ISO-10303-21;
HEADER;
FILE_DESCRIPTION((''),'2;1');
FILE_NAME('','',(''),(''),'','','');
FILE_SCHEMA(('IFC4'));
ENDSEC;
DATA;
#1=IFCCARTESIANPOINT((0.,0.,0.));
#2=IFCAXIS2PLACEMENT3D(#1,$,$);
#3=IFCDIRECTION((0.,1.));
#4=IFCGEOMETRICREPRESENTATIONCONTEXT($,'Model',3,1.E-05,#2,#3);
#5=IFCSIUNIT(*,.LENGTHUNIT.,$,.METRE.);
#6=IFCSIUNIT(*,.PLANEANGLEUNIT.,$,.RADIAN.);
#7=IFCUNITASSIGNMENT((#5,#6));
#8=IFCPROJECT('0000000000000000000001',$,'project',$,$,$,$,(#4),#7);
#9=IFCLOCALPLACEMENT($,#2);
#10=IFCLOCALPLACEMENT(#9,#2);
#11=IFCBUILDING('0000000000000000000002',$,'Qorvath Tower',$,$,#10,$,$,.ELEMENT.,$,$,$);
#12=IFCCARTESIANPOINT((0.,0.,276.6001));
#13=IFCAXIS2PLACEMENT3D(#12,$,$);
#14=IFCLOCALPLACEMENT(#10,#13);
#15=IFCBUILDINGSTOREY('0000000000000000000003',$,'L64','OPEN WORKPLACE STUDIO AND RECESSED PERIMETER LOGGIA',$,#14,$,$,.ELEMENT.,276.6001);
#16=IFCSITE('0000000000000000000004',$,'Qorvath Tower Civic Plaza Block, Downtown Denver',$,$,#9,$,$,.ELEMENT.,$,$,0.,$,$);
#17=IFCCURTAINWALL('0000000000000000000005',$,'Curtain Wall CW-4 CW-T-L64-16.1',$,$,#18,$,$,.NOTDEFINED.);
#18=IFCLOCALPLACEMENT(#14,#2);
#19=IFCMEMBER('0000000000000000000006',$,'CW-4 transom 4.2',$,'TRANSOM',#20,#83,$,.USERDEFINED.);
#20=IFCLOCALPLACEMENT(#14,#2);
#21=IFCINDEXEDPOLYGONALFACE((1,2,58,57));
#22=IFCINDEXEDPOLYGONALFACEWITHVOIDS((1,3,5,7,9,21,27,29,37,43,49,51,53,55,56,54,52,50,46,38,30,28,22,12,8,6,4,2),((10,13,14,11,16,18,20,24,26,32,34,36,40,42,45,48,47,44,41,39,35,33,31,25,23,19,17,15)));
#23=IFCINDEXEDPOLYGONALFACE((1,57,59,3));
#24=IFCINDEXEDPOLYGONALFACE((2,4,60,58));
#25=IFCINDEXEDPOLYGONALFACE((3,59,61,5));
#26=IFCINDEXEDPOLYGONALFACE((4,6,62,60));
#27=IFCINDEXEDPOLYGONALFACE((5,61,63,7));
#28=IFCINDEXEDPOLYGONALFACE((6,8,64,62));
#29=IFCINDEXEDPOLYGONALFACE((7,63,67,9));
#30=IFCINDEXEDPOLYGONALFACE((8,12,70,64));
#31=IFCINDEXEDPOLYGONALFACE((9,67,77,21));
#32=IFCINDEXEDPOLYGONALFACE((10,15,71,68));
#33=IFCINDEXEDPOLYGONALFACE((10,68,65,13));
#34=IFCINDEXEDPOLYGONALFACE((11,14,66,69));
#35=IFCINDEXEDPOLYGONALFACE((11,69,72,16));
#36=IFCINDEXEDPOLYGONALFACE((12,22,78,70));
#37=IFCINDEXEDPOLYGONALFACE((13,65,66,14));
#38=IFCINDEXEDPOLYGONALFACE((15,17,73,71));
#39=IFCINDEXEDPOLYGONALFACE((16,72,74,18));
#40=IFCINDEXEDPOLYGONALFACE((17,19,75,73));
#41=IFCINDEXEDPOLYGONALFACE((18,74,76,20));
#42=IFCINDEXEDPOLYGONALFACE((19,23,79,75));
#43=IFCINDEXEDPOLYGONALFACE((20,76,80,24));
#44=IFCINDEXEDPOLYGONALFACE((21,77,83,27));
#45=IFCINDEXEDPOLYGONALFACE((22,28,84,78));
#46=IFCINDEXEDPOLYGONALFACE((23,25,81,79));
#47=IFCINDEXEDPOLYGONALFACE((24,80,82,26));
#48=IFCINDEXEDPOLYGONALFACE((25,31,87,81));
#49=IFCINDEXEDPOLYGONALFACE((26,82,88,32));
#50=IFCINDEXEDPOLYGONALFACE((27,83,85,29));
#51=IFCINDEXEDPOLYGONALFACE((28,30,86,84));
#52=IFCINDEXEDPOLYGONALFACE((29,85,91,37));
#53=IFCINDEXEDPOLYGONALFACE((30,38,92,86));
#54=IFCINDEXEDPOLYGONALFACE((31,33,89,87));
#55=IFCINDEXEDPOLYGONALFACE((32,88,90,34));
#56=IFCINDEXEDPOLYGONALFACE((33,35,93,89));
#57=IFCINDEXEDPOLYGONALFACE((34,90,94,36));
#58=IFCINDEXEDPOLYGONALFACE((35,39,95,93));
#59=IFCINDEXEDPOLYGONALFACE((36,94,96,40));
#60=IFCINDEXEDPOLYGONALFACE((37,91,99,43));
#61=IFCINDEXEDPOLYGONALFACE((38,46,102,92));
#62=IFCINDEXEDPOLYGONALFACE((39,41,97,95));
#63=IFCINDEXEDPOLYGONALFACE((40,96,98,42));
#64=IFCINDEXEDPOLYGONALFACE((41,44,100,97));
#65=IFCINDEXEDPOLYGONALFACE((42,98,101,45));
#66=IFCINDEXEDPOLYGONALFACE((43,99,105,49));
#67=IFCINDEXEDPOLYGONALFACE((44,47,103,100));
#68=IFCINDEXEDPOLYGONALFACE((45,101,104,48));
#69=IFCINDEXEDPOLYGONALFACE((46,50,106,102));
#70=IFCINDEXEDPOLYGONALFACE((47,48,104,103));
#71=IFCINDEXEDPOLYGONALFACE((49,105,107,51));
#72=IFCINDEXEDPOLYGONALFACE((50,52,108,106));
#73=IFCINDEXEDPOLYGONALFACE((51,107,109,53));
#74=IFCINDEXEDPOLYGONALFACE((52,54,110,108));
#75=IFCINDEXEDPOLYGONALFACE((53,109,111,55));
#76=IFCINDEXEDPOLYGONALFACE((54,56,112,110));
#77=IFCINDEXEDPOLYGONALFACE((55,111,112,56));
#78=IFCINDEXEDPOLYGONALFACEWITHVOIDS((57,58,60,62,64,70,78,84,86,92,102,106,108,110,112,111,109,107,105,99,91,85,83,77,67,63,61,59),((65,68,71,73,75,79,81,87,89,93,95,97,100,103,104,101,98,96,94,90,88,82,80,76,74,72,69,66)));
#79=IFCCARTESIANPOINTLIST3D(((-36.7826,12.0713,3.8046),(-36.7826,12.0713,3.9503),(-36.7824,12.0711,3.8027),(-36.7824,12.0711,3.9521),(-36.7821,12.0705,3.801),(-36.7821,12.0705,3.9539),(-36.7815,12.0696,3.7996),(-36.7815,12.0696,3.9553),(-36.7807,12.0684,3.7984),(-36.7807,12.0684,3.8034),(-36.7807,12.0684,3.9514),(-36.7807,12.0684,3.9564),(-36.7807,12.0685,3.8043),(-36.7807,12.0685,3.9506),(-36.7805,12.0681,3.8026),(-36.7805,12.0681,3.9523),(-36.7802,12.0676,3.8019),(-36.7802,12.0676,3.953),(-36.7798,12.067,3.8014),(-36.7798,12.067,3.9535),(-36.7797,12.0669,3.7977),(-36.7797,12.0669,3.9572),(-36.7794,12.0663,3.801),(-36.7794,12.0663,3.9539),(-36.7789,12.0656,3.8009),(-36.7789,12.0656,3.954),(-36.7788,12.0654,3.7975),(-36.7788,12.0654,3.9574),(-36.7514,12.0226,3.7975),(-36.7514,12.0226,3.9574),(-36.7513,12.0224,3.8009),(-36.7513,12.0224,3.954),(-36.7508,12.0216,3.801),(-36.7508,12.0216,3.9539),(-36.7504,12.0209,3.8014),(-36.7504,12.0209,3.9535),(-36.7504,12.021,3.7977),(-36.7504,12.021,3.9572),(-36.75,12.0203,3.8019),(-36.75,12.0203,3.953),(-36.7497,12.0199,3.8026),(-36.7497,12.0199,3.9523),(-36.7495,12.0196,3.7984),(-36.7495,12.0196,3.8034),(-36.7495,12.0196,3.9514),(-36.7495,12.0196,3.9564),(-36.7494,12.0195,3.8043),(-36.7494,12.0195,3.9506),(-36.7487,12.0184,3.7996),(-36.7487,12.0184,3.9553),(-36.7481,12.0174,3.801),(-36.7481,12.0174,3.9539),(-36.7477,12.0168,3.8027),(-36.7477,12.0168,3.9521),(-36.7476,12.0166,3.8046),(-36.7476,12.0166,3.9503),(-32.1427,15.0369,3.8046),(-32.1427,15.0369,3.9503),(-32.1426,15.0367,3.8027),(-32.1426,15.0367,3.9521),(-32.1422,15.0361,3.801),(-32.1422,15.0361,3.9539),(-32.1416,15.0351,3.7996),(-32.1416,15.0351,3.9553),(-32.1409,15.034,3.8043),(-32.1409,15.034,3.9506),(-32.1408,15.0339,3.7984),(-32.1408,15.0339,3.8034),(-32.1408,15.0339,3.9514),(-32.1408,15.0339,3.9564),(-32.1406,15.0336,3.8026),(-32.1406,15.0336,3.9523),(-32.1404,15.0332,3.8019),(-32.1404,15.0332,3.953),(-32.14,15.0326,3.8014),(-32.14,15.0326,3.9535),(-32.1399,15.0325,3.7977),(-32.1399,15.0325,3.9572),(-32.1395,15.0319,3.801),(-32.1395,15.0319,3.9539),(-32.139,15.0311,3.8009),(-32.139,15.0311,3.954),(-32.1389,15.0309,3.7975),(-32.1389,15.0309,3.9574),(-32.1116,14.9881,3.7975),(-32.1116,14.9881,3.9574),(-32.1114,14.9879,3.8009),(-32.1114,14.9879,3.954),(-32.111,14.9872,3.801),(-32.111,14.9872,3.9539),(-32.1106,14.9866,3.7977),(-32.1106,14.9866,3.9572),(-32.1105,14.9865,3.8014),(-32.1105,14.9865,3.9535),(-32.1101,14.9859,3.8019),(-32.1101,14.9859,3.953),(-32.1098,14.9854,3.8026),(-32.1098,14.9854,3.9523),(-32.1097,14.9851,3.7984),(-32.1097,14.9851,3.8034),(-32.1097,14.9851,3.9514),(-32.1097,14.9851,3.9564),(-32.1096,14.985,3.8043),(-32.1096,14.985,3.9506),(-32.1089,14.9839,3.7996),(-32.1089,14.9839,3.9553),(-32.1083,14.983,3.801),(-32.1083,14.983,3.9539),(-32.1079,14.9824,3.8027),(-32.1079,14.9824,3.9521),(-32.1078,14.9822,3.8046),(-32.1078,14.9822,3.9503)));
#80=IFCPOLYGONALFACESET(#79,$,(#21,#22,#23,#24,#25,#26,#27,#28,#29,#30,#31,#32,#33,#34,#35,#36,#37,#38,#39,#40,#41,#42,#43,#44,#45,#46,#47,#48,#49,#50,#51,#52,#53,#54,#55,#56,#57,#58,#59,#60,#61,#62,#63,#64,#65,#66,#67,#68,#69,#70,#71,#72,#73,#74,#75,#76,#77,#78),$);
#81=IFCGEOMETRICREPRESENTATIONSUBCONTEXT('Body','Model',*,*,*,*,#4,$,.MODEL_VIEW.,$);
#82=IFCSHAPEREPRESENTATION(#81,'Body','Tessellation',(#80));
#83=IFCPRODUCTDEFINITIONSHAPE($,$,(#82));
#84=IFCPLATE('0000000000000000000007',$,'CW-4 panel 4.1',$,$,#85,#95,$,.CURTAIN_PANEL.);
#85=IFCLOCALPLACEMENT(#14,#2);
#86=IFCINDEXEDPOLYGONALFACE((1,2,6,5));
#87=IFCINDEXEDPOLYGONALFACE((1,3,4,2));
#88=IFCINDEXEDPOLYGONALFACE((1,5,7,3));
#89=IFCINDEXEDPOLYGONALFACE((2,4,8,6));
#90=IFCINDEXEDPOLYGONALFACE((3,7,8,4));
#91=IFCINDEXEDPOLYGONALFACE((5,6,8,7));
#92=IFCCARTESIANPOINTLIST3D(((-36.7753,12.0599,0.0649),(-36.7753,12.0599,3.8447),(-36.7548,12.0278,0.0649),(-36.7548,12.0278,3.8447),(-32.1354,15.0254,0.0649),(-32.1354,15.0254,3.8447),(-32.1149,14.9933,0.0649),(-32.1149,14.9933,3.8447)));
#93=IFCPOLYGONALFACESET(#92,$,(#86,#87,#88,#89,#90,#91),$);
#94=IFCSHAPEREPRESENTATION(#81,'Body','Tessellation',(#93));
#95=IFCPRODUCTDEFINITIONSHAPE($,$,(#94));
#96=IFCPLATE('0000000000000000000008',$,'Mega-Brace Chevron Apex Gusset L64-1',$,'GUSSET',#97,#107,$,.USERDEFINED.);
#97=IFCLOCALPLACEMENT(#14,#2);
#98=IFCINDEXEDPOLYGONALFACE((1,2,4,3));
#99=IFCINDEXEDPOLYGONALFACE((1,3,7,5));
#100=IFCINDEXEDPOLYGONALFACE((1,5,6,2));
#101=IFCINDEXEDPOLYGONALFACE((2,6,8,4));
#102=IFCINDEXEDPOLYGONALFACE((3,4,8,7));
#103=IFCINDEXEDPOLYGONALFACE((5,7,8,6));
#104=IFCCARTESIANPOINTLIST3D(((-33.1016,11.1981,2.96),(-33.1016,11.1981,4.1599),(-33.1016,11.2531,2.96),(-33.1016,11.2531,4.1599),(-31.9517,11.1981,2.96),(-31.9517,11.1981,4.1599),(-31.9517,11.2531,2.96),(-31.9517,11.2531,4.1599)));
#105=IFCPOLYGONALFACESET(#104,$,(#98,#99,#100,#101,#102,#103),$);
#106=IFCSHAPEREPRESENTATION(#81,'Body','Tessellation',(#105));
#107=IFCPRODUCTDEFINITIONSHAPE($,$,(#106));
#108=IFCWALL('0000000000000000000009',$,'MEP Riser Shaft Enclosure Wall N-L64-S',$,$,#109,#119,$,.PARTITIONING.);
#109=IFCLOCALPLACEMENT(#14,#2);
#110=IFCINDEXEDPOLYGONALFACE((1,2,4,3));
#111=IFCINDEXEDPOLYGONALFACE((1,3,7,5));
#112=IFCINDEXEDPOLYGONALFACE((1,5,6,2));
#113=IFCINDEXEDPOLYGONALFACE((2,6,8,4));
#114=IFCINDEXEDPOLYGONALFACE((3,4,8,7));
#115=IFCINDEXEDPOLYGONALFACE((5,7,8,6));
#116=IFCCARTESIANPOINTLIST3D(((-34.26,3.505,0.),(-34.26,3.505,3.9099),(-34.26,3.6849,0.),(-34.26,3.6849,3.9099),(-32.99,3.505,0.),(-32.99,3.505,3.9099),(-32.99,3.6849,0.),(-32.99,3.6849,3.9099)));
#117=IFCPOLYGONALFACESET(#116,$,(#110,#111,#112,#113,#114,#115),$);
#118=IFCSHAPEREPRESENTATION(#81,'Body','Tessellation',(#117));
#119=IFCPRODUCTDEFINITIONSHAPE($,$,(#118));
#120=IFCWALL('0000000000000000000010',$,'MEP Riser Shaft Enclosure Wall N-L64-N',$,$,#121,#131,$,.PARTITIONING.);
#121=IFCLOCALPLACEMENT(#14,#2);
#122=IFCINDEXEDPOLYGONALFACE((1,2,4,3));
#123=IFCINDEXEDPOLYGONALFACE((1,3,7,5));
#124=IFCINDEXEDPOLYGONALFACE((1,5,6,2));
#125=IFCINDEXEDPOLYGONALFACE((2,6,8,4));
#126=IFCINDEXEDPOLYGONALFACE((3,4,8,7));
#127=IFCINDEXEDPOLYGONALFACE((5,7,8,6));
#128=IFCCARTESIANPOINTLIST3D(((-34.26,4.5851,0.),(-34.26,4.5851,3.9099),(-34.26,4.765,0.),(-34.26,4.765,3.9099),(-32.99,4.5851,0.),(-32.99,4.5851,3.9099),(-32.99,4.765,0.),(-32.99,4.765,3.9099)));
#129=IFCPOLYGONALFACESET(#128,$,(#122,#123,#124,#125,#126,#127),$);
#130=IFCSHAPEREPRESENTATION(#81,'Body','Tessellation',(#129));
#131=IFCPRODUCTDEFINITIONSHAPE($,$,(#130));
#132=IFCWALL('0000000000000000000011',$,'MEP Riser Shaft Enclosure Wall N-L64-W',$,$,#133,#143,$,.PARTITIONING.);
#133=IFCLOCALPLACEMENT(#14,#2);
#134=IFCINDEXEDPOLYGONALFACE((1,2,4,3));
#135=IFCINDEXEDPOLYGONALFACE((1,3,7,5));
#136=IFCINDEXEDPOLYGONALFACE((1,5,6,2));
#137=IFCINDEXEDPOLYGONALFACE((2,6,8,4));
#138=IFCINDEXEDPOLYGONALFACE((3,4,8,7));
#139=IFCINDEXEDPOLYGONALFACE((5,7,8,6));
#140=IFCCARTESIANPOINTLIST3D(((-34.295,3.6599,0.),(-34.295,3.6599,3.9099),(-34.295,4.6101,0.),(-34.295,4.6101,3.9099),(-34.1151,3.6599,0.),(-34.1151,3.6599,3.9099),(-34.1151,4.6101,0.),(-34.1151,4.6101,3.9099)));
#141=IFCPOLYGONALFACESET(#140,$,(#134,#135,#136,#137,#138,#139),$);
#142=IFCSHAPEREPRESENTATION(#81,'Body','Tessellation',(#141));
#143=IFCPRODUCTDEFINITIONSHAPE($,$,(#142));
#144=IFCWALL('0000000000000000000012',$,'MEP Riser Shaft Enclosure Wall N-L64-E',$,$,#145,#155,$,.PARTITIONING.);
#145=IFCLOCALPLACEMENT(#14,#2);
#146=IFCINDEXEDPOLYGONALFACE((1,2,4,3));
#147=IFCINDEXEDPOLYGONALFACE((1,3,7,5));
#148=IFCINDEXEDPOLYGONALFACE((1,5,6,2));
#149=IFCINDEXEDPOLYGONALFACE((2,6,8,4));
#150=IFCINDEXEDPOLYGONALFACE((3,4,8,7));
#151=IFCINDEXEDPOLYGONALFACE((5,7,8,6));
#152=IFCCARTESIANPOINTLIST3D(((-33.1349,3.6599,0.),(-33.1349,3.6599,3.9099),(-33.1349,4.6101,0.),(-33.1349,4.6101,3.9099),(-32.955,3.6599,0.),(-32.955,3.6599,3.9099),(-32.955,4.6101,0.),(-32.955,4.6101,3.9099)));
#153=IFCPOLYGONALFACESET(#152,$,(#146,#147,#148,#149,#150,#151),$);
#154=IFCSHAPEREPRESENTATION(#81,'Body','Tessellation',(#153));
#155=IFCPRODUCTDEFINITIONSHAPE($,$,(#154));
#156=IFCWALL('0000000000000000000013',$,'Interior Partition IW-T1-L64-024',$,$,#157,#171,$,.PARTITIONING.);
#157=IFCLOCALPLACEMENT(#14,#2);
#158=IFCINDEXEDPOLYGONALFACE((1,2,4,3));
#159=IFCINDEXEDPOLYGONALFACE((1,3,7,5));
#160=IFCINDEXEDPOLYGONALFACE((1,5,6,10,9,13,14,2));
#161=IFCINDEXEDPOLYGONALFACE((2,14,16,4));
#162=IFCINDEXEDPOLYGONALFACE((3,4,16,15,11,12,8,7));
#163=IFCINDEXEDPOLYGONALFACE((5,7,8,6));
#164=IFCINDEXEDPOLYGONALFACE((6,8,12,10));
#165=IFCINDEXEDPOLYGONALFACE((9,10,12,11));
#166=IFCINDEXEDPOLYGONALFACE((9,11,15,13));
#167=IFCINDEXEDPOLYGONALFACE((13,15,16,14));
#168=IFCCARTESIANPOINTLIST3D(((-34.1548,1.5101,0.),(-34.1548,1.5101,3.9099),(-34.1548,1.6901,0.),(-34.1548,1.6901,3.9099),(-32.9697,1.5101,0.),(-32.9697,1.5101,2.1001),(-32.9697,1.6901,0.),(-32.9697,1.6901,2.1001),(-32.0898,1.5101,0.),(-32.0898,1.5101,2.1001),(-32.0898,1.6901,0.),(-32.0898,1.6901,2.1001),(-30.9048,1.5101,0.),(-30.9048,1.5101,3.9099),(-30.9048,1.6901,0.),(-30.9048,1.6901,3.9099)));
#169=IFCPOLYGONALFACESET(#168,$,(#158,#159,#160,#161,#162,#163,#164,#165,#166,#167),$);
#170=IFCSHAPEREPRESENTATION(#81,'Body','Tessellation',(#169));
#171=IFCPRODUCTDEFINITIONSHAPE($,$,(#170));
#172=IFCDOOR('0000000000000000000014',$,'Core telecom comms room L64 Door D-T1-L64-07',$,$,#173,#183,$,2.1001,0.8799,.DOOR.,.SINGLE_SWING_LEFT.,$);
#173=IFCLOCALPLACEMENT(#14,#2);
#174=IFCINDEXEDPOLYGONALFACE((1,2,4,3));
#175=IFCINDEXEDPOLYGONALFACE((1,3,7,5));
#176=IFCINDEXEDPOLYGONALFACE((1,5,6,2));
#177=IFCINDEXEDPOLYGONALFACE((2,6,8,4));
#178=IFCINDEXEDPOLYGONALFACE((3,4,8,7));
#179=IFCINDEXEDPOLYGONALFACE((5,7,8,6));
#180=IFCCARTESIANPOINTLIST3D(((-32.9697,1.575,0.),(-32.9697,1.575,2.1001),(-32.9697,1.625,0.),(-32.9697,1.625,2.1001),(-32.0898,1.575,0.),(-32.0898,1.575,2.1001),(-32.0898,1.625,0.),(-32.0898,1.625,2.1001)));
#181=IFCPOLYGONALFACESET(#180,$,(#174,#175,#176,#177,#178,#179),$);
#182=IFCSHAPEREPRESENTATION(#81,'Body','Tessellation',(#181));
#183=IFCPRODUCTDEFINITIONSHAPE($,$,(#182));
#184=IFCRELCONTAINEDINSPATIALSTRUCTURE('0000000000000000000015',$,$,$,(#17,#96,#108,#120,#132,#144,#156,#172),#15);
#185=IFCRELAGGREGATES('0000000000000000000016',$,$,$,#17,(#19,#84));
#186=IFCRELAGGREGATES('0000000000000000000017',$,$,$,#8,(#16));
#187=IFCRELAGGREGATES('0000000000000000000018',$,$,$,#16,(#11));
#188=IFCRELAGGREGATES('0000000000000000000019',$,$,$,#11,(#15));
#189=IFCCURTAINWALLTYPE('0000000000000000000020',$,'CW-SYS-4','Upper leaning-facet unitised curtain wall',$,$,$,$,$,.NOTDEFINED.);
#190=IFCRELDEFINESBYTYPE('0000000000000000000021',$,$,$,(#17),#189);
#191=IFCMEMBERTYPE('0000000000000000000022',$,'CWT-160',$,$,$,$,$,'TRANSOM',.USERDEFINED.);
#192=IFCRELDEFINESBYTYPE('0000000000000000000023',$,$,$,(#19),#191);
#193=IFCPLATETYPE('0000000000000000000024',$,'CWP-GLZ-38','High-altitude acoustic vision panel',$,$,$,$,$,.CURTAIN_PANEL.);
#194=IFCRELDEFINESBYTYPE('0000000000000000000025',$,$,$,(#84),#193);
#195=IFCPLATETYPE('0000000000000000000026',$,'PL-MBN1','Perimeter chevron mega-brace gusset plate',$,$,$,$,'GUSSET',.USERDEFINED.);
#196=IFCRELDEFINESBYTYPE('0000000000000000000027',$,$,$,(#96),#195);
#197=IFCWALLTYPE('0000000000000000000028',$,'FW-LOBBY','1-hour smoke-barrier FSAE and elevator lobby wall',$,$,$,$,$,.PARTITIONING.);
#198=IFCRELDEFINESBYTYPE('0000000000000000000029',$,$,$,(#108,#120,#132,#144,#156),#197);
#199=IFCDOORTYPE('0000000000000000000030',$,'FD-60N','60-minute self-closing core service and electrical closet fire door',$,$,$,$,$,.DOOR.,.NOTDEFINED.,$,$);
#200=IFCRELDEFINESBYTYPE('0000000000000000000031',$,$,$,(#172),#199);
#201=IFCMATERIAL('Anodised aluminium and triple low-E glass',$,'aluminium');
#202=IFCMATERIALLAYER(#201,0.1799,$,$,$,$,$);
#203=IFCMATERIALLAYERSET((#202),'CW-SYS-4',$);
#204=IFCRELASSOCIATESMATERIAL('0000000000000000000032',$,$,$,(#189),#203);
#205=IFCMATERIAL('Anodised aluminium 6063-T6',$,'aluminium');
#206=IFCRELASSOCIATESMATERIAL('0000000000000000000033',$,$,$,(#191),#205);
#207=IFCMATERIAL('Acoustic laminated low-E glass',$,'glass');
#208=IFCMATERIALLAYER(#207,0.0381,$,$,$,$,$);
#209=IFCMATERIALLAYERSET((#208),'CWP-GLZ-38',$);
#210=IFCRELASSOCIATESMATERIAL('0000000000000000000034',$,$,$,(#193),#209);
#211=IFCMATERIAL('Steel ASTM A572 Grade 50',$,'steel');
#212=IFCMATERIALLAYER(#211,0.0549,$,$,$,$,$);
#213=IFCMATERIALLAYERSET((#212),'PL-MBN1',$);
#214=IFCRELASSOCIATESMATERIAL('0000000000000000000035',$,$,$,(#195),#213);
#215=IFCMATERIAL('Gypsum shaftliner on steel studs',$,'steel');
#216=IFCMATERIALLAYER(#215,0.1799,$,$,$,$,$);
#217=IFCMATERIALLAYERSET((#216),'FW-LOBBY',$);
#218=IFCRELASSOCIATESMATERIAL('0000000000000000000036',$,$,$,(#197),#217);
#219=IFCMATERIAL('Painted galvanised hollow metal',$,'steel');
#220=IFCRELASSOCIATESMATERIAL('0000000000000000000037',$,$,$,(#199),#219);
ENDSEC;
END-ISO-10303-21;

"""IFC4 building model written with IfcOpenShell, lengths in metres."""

from ifc_helpers import new_model, si_unit, direction, frame, frame_2d, origin, origin_2d, place, context, subcontext, project, spatial, rectangle, hollow_rectangle, extrude, material, layer, layer_set, material_profile, profile_set, type_object, element, fill, aggregate, save


model = new_model("IFC4")

# Units and contexts
model_context = context("Model", 3, precision=1e-05, world=origin(), true_north=direction((0.0, 1.0)))
body_context = subcontext(model_context, "Body", "Model", "MODEL_VIEW")
ifc_project = project(units=[si_unit("LENGTHUNIT", "METRE"), si_unit("PLANEANGLEUNIT", "RADIAN")], contexts=[model_context])

# Site, building, storey
site_placement = place(None, origin())
site = spatial("IfcSite", under=ifc_project, at=site_placement, Name="Qorvath Tower Civic Plaza Block, Downtown Denver", CompositionType="ELEMENT", RefElevation=0.0)
building_placement = place(site_placement, origin())
building = spatial("IfcBuilding", under=site, at=building_placement, Name="Qorvath Tower", CompositionType="ELEMENT")
storey_placement = place(building_placement, frame((0.0, 0.0, 276.6001)))
storey = spatial("IfcBuildingStorey", under=building, at=storey_placement, Name="L64", Description="OPEN WORKPLACE STUDIO AND RECESSED PERIMETER LOGGIA", CompositionType="ELEMENT", Elevation=276.6001)

# Curtain wall, member, plate
ifc_material_1 = material(Name="Anodised aluminium and triple low-E glass", Category="aluminium")
ifc_layer_1 = layer(ifc_material_1, 0.1799)
ifc_layer_set_1 = layer_set([ifc_layer_1], Name="CW-SYS-4")
curtain_wall_type = type_object("IfcCurtainWallType", Name="CW-SYS-4", Description="Upper leaning-facet unitised curtain wall", PredefinedType="NOTDEFINED", material=ifc_layer_set_1)
curtain_wall_placement = place(storey_placement, origin())
curtain_wall = element("IfcCurtainWall", 1, at=curtain_wall_placement, inside=storey, type_object=curtain_wall_type, Name="Curtain Wall CW-4 CW-T-L64-16.1", PredefinedType="NOTDEFINED")
ifc_material_2 = material(Name="Anodised aluminium 6063-T6", Category="aluminium")
ifc_material_profile_1 = material_profile(ifc_material_2, hollow_rectangle(XDim=0.0649, YDim=0.1599, WallThickness=0.0034, InnerFilletRadius=0.0034, OuterFilletRadius=0.0071, at=origin_2d()), Name="CWT 160x65")
ifc_profile_set_1 = profile_set([ifc_material_profile_1], Name="Anodised aluminium 6063-T6")
member_type_1 = type_object("IfcMemberType", Name="CWT-160", ElementType="TRANSOM", PredefinedType="USERDEFINED", material=ifc_profile_set_1)
member_1_placement = place(storey_placement, frame((-32.1252, 15.0095, 3.8774), z_axis=(-0.842597, -0.538544, 0.0), x_axis=(0.538544, -0.842597, 0.0)))
member_1 = element("IfcMember", 2, at=member_1_placement, type_object=member_type_1, Name="CW-4 transom 4.2", ObjectType="TRANSOM", PredefinedType="USERDEFINED", context=body_context, shape_type="SweptSolid", body=[
    extrude(hollow_rectangle(XDim=0.0649, YDim=0.1599, WallThickness=0.0034, InnerFilletRadius=0.0034, OuterFilletRadius=0.0071, at=origin_2d()), origin(), (0.0, 0.0, 1.0), 5.5066),
])
ifc_material_3 = material(Name="Acoustic laminated low-E glass", Category="glass")
ifc_layer_2 = layer(ifc_material_3, 0.0381)
ifc_layer_set_2 = layer_set([ifc_layer_2], Name="CWP-GLZ-38")
plate_type_1 = type_object("IfcPlateType", Name="CWP-GLZ-38", Description="High-altitude acoustic vision panel", PredefinedType="CURTAIN_PANEL", material=ifc_layer_set_2)
plate_1_placement = place(storey_placement, frame((-34.4451, 13.5266, 0.0649), z_axis=(0.0, 0.0, 1.0), x_axis=(-0.842604, -0.538534, 0.0)))
plate_1 = element("IfcPlate", 3, at=plate_1_placement, type_object=plate_type_1, Name="CW-4 panel 4.1", PredefinedType="CURTAIN_PANEL", context=body_context, shape_type="SweptSolid", body=[
    extrude(rectangle(XDim=5.5066, YDim=0.0381, at=origin_2d()), origin(), (0.0, 0.0, 1.0), 3.7798),
])
aggregate(curtain_wall, [member_1, plate_1])

# Plate
ifc_material_4 = material(Name="Steel ASTM A572 Grade 50", Category="steel")
ifc_layer_3 = layer(ifc_material_4, 0.0549)
ifc_layer_set_3 = layer_set([ifc_layer_3], Name="PL-MBN1")
plate_type_2 = type_object("IfcPlateType", Name="PL-MBN1", Description="Perimeter chevron mega-brace gusset plate", ElementType="GUSSET", PredefinedType="USERDEFINED", material=ifc_layer_set_3)
plate_2_placement = place(storey_placement, frame((-32.5266, 11.2256, 2.96), z_axis=(0.0, 0.0, 1.0), x_axis=(1.0, 0.0, 0.0)))
element("IfcPlate", 4, at=plate_2_placement, inside=storey, type_object=plate_type_2, Name="Mega-Brace Chevron Apex Gusset L64-1", ObjectType="GUSSET", PredefinedType="USERDEFINED", context=body_context, shape_type="SweptSolid", body=[
    extrude(rectangle(XDim=1.1499, YDim=0.0549, at=origin_2d()), origin(), (0.0, 0.0, 1.0), 1.2),
])

# Walls
ifc_material_5 = material(Name="Gypsum shaftliner on steel studs", Category="steel")
ifc_layer_4 = layer(ifc_material_5, 0.1799)
ifc_layer_set_4 = layer_set([ifc_layer_4], Name="FW-LOBBY")
wall_type_1 = type_object("IfcWallType", Name="FW-LOBBY", Description="1-hour smoke-barrier FSAE and elevator lobby wall", PredefinedType="PARTITIONING", material=ifc_layer_set_4)
for number, where, z_axis, x_axis, name in (
    (5, (-32.99, 3.595, 0.0), (0.0, 0.0, 1.0), (-1.0, 0.0, 0.0), "MEP Riser Shaft Enclosure Wall N-L64-S"),
    (6, (-34.26, 4.675, 0.0), (0.0, 0.0, 1.0), (1.0, 0.0, 0.0), "MEP Riser Shaft Enclosure Wall N-L64-N"),
):
    element("IfcWall", number, at=place(storey_placement, frame(where, z_axis=z_axis, x_axis=x_axis)), inside=storey, type_object=wall_type_1, Name=name, PredefinedType="PARTITIONING", context=body_context, shape_type="SweptSolid", body=[
        extrude(rectangle(XDim=1.27, YDim=0.1799, at=frame_2d((0.635, 0.0))), origin(), (0.0, 0.0, 1.0), 3.9099),
    ])
for number, where, z_axis, x_axis, name in (
    (7, (-34.2051, 3.6599, 0.0), (0.0, 0.0, 1.0), (0.0, 1.0, 0.0), "MEP Riser Shaft Enclosure Wall N-L64-W"),
    (8, (-33.0449, 4.6101, 0.0), (0.0, 0.0, 1.0), (0.0, -1.0, 0.0), "MEP Riser Shaft Enclosure Wall N-L64-E"),
):
    element("IfcWall", number, at=place(storey_placement, frame(where, z_axis=z_axis, x_axis=x_axis)), inside=storey, type_object=wall_type_1, Name=name, PredefinedType="PARTITIONING", context=body_context, shape_type="SweptSolid", body=[
        extrude(rectangle(XDim=0.9502, YDim=0.1799, at=frame_2d((0.4751, 0.0))), origin(), (0.0, 0.0, 1.0), 3.9099),
    ])

# Wall, opening, door
wall_1_placement = place(storey_placement, frame((-34.1548, 1.6001, 0.0), z_axis=(0.0, 0.0, 1.0), x_axis=(1.0, 0.0, 0.0)))
wall_1 = element("IfcWall", 9, at=wall_1_placement, inside=storey, type_object=wall_type_1, Name="Interior Partition IW-T1-L64-024", PredefinedType="PARTITIONING", context=body_context, shape_type="SweptSolid", body=[
    extrude(rectangle(XDim=3.25, YDim=0.1799, at=frame_2d((1.625, 0.0))), origin(), (0.0, 0.0, 1.0), 3.9099),
])
opening_1_placement = place(wall_1_placement, frame((1.1851, 0.0, 0.0)))
opening_1 = element("IfcOpeningElement", 10, at=opening_1_placement, cuts=wall_1, PredefinedType="OPENING", context=body_context, shape_type="SweptSolid", body=[
    extrude(rectangle(XDim=0.8799, YDim=2.1001, at=frame_2d((0.4399, 1.05))), frame((0.0, 0.1001, 0.0), z_axis=(0.0, -1.0, 0.0), x_axis=(1.0, 0.0, 0.0)), (0.0, 0.0, 1.0), 0.2),
])
ifc_material_6 = material(Name="Painted galvanised hollow metal", Category="steel")
door_type_1 = type_object("IfcDoorType", Name="FD-60N", Description="60-minute self-closing core service and electrical closet fire door", OperationType="NOTDEFINED", PredefinedType="DOOR", material=ifc_material_6)
door_1_placement = place(opening_1_placement, origin())
door_1 = element("IfcDoor", 11, at=door_1_placement, inside=storey, type_object=door_type_1, Name="Core telecom comms room L64 Door D-T1-L64-07", OperationType="SINGLE_SWING_LEFT", OverallHeight=2.1001, OverallWidth=0.8799, PredefinedType="DOOR", context=body_context, shape_type="SweptSolid", body=[
    extrude(rectangle(XDim=0.8799, YDim=2.1001, at=frame_2d((0.4399, 1.05))), frame((0.0, 0.0249, 0.0), z_axis=(0.0, -1.0, 0.0), x_axis=(1.0, 0.0, 0.0)), (0.0, 0.0, 1.0), 0.05),
])
fill(opening_1, door_1)

save(model, "model.ifc")
